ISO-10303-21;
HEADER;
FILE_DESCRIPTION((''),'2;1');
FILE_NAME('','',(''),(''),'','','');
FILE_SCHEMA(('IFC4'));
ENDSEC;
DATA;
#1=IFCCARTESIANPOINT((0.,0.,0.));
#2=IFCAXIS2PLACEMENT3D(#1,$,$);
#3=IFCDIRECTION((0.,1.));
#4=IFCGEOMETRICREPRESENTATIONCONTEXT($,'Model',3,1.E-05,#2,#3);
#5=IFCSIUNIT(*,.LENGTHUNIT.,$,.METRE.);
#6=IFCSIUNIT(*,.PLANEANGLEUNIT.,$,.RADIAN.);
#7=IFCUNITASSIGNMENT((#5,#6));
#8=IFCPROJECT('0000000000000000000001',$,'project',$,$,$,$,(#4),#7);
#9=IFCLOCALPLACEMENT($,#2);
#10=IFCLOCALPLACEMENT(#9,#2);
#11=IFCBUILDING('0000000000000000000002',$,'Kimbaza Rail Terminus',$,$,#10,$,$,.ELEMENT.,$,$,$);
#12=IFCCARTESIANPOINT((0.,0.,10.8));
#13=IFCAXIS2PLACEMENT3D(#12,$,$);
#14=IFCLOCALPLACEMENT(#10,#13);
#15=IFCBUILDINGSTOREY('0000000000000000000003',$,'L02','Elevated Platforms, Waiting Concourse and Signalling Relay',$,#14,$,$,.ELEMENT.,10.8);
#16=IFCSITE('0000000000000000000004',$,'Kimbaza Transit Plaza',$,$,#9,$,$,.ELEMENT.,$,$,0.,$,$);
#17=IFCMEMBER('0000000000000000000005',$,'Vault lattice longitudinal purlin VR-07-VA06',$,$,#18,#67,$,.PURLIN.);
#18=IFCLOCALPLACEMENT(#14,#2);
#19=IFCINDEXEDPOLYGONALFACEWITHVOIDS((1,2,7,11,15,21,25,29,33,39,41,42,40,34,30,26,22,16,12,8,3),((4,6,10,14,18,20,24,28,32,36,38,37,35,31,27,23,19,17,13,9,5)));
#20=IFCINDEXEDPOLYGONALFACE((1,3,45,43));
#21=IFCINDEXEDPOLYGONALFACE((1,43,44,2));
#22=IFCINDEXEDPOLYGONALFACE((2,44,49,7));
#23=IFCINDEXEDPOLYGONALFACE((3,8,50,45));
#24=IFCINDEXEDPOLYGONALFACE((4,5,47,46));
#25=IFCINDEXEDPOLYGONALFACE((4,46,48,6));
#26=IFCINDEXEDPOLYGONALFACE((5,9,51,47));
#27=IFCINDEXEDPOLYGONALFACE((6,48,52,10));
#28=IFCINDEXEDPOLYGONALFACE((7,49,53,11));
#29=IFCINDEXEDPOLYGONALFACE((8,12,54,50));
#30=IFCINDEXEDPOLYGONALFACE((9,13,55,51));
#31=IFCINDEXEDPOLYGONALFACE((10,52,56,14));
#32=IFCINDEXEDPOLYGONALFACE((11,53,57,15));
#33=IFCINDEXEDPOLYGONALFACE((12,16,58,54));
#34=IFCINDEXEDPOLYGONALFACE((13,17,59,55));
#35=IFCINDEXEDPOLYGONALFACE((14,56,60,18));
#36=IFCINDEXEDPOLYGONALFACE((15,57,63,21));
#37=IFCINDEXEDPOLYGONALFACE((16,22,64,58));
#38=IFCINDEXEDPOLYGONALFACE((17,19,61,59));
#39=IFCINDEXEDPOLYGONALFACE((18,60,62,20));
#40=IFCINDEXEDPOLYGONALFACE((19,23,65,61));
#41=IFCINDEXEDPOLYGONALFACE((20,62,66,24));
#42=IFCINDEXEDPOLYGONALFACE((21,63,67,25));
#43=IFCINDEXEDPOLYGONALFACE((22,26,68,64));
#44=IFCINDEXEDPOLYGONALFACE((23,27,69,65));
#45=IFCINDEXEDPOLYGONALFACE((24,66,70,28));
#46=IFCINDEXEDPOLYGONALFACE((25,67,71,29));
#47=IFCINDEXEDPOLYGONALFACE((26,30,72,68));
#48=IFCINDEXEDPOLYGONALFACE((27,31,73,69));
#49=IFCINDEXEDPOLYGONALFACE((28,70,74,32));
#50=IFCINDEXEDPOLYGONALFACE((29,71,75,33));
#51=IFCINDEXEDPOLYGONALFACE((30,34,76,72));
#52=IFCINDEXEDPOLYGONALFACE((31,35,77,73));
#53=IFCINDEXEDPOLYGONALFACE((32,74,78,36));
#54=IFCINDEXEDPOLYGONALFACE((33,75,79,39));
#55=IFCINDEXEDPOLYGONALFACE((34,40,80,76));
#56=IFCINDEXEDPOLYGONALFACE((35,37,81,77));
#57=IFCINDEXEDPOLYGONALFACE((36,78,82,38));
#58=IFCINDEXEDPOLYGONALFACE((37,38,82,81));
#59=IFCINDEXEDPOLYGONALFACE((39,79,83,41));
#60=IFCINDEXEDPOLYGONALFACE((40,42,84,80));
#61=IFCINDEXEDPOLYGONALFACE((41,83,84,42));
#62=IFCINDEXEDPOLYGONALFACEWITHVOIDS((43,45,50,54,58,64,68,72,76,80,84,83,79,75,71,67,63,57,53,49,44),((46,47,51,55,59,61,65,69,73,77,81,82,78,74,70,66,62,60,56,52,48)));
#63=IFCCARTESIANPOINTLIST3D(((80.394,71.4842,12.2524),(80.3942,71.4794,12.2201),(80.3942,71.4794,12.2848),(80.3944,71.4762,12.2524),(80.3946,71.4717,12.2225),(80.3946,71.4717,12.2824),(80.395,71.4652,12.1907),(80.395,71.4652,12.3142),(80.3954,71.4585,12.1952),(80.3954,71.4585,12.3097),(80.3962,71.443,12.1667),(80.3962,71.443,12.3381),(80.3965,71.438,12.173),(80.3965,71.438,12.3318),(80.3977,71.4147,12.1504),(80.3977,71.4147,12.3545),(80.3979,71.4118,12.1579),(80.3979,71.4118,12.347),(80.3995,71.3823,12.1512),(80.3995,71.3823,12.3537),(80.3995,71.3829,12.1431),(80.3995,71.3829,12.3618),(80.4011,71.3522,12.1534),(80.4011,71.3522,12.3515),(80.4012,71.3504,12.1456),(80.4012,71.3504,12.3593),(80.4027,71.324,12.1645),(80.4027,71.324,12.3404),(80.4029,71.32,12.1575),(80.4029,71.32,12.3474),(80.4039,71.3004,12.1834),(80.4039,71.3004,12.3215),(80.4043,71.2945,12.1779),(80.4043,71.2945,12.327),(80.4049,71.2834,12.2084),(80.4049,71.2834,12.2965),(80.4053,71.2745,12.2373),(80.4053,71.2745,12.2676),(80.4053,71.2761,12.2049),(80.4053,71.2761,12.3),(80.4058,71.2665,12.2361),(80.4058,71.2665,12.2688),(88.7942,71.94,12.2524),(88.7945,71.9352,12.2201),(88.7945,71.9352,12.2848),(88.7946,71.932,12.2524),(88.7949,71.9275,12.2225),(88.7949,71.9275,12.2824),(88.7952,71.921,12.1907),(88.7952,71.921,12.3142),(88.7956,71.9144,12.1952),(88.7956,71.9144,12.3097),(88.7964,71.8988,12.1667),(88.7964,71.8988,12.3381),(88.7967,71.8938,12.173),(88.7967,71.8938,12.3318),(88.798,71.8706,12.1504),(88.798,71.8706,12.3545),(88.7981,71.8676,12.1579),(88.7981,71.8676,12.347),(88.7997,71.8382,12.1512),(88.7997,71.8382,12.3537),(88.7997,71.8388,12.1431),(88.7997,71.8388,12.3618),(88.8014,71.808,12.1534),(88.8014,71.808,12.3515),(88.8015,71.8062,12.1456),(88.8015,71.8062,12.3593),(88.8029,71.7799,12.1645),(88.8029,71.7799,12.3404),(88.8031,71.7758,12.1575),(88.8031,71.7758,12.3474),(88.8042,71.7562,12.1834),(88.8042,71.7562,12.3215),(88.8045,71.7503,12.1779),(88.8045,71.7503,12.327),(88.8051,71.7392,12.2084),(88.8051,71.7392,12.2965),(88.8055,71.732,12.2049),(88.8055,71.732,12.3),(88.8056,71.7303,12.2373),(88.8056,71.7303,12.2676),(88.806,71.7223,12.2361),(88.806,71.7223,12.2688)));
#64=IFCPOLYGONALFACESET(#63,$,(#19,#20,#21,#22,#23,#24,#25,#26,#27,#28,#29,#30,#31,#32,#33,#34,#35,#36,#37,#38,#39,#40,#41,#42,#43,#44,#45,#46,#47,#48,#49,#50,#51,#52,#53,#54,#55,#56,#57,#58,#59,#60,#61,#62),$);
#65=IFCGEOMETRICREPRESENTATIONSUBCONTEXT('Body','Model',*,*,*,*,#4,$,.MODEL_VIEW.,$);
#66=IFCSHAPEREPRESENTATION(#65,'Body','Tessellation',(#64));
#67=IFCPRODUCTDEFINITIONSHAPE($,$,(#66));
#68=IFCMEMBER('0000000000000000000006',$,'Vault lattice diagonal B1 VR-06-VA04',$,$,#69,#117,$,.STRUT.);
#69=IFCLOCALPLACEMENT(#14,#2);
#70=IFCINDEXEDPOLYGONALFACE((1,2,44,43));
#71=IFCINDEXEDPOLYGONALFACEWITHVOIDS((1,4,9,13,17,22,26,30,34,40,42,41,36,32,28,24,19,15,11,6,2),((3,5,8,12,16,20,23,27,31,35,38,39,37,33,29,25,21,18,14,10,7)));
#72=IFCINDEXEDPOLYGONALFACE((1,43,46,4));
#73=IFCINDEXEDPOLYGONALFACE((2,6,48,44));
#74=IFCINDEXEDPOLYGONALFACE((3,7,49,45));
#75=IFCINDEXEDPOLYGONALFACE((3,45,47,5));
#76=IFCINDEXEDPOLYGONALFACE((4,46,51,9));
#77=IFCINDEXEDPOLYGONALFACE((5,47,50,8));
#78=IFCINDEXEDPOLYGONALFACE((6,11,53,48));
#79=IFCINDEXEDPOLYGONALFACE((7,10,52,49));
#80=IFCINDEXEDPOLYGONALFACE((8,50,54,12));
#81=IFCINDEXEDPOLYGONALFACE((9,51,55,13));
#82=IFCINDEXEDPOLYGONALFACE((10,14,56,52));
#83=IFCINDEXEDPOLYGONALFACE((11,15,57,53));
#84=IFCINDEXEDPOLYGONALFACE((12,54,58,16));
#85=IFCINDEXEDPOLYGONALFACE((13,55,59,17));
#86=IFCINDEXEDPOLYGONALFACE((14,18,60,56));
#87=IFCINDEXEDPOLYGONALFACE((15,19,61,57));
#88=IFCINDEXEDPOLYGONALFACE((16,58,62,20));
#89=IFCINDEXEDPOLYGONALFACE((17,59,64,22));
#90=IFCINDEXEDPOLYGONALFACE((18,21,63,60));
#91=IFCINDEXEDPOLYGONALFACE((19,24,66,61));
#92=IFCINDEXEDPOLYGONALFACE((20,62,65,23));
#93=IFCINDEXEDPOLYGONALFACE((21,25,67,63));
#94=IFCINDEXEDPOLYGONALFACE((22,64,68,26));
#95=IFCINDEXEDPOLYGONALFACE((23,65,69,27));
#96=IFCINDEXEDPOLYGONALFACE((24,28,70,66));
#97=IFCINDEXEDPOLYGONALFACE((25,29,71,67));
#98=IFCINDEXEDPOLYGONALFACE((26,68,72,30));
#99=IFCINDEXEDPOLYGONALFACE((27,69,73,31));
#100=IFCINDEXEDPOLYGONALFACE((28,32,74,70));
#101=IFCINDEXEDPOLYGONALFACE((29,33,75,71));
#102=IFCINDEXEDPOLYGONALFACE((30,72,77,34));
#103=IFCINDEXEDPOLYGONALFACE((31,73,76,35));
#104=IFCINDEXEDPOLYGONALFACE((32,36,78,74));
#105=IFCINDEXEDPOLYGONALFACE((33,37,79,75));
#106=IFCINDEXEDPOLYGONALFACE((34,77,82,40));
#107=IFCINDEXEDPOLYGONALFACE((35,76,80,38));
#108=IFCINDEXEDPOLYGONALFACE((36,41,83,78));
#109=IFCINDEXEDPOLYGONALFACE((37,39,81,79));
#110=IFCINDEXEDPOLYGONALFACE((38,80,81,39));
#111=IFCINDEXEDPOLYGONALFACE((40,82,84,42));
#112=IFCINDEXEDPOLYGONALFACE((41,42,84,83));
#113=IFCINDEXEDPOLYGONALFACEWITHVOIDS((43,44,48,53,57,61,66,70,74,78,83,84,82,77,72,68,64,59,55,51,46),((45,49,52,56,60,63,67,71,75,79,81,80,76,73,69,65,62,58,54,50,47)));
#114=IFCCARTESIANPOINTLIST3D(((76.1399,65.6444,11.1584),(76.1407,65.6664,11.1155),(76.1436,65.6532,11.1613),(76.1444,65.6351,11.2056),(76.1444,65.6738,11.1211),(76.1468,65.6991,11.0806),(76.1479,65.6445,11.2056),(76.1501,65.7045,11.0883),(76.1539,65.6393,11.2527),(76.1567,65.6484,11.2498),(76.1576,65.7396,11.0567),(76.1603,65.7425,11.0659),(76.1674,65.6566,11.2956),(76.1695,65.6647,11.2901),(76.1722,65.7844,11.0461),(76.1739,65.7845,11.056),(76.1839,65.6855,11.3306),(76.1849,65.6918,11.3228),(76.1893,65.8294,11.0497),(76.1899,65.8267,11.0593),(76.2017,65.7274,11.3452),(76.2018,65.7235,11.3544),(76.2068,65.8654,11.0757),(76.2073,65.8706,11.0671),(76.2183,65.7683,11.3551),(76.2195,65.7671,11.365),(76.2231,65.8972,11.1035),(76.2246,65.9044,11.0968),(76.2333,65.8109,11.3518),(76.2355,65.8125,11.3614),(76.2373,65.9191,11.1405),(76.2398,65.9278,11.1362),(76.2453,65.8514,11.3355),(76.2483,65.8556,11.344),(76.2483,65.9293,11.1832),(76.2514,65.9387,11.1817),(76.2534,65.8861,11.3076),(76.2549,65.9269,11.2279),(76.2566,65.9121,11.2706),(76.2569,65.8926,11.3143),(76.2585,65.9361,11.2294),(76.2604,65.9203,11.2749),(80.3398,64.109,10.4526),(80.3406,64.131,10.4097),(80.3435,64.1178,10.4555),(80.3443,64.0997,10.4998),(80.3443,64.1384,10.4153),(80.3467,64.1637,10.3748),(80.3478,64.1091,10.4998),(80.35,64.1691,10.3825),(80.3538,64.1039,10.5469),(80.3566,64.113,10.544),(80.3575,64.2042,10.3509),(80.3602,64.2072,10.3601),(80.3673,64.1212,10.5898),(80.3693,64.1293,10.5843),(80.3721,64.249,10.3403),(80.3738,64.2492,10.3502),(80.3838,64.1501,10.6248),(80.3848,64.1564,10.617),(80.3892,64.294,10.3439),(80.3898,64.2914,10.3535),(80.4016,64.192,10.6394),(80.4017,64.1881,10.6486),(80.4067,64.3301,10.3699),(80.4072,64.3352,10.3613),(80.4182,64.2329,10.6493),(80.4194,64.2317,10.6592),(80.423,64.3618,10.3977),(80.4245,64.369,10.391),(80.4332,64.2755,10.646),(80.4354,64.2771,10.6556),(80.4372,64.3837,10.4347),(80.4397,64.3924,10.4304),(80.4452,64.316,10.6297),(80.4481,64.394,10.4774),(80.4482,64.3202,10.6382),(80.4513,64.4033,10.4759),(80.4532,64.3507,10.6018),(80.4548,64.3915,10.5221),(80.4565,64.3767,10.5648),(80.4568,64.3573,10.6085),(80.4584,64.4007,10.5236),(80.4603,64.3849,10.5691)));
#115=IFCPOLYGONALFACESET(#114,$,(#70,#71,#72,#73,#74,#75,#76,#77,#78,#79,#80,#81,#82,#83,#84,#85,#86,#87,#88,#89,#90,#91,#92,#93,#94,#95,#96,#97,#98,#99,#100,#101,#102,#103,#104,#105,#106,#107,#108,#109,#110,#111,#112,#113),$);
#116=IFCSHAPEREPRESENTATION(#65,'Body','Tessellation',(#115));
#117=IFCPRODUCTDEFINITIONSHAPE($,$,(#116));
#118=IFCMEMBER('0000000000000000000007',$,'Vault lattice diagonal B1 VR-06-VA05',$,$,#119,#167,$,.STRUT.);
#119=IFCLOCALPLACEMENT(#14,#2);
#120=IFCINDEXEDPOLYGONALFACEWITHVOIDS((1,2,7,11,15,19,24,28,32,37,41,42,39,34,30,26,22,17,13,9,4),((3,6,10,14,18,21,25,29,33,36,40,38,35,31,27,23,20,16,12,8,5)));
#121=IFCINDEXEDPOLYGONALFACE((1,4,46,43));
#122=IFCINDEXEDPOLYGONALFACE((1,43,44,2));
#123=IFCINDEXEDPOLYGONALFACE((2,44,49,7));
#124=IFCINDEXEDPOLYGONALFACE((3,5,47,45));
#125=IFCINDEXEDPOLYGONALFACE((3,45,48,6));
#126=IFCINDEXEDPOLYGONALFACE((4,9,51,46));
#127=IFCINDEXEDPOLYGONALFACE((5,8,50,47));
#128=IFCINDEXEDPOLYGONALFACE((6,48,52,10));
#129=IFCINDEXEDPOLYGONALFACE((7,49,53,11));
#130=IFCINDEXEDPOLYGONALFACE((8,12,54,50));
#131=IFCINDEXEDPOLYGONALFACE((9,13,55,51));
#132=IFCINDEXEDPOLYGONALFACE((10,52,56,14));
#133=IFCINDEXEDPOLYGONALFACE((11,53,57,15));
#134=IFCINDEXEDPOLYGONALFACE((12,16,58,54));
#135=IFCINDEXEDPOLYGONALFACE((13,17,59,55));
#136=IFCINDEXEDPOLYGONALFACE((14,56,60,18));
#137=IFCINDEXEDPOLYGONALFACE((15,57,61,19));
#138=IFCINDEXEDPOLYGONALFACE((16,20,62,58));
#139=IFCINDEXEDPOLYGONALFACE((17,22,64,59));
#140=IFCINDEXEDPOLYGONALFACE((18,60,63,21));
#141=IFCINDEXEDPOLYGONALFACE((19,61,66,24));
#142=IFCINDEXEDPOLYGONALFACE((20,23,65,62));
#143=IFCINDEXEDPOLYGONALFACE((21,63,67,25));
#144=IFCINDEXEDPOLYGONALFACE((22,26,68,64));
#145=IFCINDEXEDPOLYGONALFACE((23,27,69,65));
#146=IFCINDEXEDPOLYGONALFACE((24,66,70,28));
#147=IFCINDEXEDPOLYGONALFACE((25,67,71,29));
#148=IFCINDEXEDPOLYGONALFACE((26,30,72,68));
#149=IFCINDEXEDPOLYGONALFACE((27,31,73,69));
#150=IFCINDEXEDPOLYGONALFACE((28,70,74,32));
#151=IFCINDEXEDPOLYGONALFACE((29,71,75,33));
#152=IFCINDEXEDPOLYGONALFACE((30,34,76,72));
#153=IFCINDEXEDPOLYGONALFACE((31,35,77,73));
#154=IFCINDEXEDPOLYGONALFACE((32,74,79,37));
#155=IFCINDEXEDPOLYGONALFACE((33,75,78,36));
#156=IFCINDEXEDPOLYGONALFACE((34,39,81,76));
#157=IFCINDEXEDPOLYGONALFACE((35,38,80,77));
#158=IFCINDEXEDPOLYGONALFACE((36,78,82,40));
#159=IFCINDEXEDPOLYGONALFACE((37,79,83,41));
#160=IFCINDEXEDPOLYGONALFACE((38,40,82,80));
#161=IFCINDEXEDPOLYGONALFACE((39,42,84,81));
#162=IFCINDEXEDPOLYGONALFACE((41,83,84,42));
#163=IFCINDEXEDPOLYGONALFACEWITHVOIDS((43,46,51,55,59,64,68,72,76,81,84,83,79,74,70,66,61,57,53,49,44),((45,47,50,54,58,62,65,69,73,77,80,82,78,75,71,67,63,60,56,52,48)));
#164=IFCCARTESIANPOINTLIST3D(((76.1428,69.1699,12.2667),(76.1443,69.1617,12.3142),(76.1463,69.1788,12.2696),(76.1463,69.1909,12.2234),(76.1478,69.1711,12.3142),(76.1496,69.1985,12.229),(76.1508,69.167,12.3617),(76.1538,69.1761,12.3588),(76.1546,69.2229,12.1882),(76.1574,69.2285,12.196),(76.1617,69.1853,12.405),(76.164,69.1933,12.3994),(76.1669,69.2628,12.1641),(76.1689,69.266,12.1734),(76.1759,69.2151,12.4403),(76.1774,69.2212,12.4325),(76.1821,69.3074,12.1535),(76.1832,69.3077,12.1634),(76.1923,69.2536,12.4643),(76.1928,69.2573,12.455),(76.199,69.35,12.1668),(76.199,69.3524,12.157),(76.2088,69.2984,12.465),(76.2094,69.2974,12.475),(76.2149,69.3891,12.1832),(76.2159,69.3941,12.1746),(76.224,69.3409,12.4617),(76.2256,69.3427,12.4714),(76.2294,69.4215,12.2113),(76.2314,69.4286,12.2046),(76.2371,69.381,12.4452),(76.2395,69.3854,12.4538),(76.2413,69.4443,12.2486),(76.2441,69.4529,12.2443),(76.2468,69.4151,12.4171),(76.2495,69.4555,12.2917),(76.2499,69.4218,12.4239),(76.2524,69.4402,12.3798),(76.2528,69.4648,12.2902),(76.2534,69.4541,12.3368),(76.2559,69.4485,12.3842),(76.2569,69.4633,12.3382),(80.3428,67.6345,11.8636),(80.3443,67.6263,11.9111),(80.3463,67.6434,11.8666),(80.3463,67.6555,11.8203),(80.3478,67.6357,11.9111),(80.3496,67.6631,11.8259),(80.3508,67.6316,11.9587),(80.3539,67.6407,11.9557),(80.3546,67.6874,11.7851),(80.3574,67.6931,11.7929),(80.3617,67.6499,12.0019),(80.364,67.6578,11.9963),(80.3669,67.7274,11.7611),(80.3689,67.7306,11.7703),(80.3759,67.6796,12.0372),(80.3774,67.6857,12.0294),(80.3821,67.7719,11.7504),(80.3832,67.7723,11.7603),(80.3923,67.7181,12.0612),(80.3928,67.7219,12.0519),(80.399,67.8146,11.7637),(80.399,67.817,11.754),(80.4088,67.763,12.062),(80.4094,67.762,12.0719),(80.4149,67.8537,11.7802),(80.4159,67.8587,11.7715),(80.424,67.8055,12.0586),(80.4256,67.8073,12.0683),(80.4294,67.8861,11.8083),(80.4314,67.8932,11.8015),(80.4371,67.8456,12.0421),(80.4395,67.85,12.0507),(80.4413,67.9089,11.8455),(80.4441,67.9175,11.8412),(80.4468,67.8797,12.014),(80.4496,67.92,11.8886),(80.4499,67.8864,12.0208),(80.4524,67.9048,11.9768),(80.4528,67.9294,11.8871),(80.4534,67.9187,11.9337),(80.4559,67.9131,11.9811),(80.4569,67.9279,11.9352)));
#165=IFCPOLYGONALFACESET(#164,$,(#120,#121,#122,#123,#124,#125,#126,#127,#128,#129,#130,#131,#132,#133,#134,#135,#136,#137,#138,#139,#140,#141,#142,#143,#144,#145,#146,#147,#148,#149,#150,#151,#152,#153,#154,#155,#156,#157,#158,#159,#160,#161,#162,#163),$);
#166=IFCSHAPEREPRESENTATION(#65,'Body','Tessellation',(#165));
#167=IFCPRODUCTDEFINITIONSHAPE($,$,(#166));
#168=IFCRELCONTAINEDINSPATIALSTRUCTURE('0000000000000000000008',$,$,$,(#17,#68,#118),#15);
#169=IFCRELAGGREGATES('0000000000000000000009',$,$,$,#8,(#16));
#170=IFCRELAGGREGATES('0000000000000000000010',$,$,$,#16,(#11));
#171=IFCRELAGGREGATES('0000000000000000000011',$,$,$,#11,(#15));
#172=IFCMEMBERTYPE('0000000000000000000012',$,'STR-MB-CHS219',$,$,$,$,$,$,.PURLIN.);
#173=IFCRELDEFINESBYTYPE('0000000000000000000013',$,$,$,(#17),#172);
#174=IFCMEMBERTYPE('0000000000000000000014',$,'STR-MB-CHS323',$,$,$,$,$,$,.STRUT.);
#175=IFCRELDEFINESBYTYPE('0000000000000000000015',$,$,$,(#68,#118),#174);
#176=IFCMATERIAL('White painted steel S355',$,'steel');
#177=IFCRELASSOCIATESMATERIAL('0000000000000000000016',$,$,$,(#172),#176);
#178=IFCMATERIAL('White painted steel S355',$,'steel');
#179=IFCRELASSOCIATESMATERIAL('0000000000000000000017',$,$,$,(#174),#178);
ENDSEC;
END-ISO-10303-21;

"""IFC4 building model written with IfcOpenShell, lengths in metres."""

from ifc_helpers import new_model, si_unit, direction, frame, origin, origin_2d, place, context, subcontext, project, spatial, hollow_circle, extrude, material, material_profile, profile_set, type_object, element, save


model = new_model("IFC4")

# Units and contexts
model_context = context("Model", 3, precision=1e-05, world=origin(), true_north=direction((0.0, 1.0)))
body_context = subcontext(model_context, "Body", "Model", "MODEL_VIEW")
ifc_project = project(units=[si_unit("LENGTHUNIT", "METRE"), si_unit("PLANEANGLEUNIT", "RADIAN")], contexts=[model_context])

# Site, building, storey
site_placement = place(None, origin())
site = spatial("IfcSite", under=ifc_project, at=site_placement, Name="Kimbaza Transit Plaza", CompositionType="ELEMENT", RefElevation=0.0)
building_placement = place(site_placement, origin())
building = spatial("IfcBuilding", under=site, at=building_placement, Name="Kimbaza Rail Terminus", CompositionType="ELEMENT")
storey_placement = place(building_placement, frame((0.0, 0.0, 10.8)))
storey = spatial("IfcBuildingStorey", under=building, at=storey_placement, Name="L02", Description="Elevated Platforms, Waiting Concourse and Signalling Relay", CompositionType="ELEMENT", Elevation=10.8)

# Members
ifc_material_1 = material(Name="White painted steel S355", Category="steel")
ifc_material_profile_1 = material_profile(ifc_material_1, hollow_circle(Radius=0.1096, WallThickness=0.0081, at=origin_2d()), Name="CHS 219.1x8")
ifc_profile_set_1 = profile_set([ifc_material_profile_1], Name="White painted steel S355")
member_type_1 = type_object("IfcMemberType", Name="STR-MB-CHS219", PredefinedType="PURLIN", material=ifc_profile_set_1)
for number, where, z_axis, x_axis, name in (
    (1, (80.3999, 71.3748, 12.2524), (0.998531, 0.054183, 0.0), (-0.054183, 0.998531, 0.0), "Vault lattice longitudinal purlin VR-07-VA06"),
):
    element("IfcMember", number, at=place(storey_placement, frame(where, z_axis=z_axis, x_axis=x_axis)), inside=storey, type_object=member_type_1, Name=name, PredefinedType="PURLIN", context=body_context, shape_type="SweptSolid", body=[
        extrude(hollow_circle(Radius=0.1096, WallThickness=0.0081, at=origin_2d()), origin(), (0.0, 0.0, 1.0), 8.4126),
    ])
ifc_material_2 = material(Name="White painted steel S355", Category="steel")
ifc_material_profile_2 = material_profile(ifc_material_2, hollow_circle(Radius=0.1619, WallThickness=0.01, at=origin_2d()), Name="CHS 323.9x10")
ifc_profile_set_2 = profile_set([ifc_material_profile_2], Name="White painted steel S355")
member_type_2 = type_object("IfcMemberType", Name="STR-MB-CHS323", PredefinedType="STRUT", material=ifc_profile_set_2)
member_1_placement = place(storey_placement, frame((80.3999, 64.2517, 10.4998), z_axis=(-0.927722, 0.339153, 0.155906), x_axis=(-0.343351, -0.939207, 0.0)))
element("IfcMember", 2, at=member_1_placement, inside=storey, type_object=member_type_2, Name="Vault lattice diagonal B1 VR-06-VA04", PredefinedType="STRUT", context=body_context, shape_type="SweptSolid", body=[
    extrude(hollow_circle(Radius=0.1619, WallThickness=0.01, at=origin_2d()), origin(), (0.0, 0.0, 1.0), 4.5271),
])
member_2_placement = place(storey_placement, frame((80.3999, 67.7783, 11.9111), z_axis=(-0.935415, 0.341965, 0.089773), x_axis=(-0.343351, -0.939207, 0.0)))
element("IfcMember", 3, at=member_2_placement, inside=storey, type_object=member_type_2, Name="Vault lattice diagonal B1 VR-06-VA05", PredefinedType="STRUT", context=body_context, shape_type="SweptSolid", body=[
    extrude(hollow_circle(Radius=0.1619, WallThickness=0.01, at=origin_2d()), origin(), (0.0, 0.0, 1.0), 4.49),
])

save(model, "model.ifc")
